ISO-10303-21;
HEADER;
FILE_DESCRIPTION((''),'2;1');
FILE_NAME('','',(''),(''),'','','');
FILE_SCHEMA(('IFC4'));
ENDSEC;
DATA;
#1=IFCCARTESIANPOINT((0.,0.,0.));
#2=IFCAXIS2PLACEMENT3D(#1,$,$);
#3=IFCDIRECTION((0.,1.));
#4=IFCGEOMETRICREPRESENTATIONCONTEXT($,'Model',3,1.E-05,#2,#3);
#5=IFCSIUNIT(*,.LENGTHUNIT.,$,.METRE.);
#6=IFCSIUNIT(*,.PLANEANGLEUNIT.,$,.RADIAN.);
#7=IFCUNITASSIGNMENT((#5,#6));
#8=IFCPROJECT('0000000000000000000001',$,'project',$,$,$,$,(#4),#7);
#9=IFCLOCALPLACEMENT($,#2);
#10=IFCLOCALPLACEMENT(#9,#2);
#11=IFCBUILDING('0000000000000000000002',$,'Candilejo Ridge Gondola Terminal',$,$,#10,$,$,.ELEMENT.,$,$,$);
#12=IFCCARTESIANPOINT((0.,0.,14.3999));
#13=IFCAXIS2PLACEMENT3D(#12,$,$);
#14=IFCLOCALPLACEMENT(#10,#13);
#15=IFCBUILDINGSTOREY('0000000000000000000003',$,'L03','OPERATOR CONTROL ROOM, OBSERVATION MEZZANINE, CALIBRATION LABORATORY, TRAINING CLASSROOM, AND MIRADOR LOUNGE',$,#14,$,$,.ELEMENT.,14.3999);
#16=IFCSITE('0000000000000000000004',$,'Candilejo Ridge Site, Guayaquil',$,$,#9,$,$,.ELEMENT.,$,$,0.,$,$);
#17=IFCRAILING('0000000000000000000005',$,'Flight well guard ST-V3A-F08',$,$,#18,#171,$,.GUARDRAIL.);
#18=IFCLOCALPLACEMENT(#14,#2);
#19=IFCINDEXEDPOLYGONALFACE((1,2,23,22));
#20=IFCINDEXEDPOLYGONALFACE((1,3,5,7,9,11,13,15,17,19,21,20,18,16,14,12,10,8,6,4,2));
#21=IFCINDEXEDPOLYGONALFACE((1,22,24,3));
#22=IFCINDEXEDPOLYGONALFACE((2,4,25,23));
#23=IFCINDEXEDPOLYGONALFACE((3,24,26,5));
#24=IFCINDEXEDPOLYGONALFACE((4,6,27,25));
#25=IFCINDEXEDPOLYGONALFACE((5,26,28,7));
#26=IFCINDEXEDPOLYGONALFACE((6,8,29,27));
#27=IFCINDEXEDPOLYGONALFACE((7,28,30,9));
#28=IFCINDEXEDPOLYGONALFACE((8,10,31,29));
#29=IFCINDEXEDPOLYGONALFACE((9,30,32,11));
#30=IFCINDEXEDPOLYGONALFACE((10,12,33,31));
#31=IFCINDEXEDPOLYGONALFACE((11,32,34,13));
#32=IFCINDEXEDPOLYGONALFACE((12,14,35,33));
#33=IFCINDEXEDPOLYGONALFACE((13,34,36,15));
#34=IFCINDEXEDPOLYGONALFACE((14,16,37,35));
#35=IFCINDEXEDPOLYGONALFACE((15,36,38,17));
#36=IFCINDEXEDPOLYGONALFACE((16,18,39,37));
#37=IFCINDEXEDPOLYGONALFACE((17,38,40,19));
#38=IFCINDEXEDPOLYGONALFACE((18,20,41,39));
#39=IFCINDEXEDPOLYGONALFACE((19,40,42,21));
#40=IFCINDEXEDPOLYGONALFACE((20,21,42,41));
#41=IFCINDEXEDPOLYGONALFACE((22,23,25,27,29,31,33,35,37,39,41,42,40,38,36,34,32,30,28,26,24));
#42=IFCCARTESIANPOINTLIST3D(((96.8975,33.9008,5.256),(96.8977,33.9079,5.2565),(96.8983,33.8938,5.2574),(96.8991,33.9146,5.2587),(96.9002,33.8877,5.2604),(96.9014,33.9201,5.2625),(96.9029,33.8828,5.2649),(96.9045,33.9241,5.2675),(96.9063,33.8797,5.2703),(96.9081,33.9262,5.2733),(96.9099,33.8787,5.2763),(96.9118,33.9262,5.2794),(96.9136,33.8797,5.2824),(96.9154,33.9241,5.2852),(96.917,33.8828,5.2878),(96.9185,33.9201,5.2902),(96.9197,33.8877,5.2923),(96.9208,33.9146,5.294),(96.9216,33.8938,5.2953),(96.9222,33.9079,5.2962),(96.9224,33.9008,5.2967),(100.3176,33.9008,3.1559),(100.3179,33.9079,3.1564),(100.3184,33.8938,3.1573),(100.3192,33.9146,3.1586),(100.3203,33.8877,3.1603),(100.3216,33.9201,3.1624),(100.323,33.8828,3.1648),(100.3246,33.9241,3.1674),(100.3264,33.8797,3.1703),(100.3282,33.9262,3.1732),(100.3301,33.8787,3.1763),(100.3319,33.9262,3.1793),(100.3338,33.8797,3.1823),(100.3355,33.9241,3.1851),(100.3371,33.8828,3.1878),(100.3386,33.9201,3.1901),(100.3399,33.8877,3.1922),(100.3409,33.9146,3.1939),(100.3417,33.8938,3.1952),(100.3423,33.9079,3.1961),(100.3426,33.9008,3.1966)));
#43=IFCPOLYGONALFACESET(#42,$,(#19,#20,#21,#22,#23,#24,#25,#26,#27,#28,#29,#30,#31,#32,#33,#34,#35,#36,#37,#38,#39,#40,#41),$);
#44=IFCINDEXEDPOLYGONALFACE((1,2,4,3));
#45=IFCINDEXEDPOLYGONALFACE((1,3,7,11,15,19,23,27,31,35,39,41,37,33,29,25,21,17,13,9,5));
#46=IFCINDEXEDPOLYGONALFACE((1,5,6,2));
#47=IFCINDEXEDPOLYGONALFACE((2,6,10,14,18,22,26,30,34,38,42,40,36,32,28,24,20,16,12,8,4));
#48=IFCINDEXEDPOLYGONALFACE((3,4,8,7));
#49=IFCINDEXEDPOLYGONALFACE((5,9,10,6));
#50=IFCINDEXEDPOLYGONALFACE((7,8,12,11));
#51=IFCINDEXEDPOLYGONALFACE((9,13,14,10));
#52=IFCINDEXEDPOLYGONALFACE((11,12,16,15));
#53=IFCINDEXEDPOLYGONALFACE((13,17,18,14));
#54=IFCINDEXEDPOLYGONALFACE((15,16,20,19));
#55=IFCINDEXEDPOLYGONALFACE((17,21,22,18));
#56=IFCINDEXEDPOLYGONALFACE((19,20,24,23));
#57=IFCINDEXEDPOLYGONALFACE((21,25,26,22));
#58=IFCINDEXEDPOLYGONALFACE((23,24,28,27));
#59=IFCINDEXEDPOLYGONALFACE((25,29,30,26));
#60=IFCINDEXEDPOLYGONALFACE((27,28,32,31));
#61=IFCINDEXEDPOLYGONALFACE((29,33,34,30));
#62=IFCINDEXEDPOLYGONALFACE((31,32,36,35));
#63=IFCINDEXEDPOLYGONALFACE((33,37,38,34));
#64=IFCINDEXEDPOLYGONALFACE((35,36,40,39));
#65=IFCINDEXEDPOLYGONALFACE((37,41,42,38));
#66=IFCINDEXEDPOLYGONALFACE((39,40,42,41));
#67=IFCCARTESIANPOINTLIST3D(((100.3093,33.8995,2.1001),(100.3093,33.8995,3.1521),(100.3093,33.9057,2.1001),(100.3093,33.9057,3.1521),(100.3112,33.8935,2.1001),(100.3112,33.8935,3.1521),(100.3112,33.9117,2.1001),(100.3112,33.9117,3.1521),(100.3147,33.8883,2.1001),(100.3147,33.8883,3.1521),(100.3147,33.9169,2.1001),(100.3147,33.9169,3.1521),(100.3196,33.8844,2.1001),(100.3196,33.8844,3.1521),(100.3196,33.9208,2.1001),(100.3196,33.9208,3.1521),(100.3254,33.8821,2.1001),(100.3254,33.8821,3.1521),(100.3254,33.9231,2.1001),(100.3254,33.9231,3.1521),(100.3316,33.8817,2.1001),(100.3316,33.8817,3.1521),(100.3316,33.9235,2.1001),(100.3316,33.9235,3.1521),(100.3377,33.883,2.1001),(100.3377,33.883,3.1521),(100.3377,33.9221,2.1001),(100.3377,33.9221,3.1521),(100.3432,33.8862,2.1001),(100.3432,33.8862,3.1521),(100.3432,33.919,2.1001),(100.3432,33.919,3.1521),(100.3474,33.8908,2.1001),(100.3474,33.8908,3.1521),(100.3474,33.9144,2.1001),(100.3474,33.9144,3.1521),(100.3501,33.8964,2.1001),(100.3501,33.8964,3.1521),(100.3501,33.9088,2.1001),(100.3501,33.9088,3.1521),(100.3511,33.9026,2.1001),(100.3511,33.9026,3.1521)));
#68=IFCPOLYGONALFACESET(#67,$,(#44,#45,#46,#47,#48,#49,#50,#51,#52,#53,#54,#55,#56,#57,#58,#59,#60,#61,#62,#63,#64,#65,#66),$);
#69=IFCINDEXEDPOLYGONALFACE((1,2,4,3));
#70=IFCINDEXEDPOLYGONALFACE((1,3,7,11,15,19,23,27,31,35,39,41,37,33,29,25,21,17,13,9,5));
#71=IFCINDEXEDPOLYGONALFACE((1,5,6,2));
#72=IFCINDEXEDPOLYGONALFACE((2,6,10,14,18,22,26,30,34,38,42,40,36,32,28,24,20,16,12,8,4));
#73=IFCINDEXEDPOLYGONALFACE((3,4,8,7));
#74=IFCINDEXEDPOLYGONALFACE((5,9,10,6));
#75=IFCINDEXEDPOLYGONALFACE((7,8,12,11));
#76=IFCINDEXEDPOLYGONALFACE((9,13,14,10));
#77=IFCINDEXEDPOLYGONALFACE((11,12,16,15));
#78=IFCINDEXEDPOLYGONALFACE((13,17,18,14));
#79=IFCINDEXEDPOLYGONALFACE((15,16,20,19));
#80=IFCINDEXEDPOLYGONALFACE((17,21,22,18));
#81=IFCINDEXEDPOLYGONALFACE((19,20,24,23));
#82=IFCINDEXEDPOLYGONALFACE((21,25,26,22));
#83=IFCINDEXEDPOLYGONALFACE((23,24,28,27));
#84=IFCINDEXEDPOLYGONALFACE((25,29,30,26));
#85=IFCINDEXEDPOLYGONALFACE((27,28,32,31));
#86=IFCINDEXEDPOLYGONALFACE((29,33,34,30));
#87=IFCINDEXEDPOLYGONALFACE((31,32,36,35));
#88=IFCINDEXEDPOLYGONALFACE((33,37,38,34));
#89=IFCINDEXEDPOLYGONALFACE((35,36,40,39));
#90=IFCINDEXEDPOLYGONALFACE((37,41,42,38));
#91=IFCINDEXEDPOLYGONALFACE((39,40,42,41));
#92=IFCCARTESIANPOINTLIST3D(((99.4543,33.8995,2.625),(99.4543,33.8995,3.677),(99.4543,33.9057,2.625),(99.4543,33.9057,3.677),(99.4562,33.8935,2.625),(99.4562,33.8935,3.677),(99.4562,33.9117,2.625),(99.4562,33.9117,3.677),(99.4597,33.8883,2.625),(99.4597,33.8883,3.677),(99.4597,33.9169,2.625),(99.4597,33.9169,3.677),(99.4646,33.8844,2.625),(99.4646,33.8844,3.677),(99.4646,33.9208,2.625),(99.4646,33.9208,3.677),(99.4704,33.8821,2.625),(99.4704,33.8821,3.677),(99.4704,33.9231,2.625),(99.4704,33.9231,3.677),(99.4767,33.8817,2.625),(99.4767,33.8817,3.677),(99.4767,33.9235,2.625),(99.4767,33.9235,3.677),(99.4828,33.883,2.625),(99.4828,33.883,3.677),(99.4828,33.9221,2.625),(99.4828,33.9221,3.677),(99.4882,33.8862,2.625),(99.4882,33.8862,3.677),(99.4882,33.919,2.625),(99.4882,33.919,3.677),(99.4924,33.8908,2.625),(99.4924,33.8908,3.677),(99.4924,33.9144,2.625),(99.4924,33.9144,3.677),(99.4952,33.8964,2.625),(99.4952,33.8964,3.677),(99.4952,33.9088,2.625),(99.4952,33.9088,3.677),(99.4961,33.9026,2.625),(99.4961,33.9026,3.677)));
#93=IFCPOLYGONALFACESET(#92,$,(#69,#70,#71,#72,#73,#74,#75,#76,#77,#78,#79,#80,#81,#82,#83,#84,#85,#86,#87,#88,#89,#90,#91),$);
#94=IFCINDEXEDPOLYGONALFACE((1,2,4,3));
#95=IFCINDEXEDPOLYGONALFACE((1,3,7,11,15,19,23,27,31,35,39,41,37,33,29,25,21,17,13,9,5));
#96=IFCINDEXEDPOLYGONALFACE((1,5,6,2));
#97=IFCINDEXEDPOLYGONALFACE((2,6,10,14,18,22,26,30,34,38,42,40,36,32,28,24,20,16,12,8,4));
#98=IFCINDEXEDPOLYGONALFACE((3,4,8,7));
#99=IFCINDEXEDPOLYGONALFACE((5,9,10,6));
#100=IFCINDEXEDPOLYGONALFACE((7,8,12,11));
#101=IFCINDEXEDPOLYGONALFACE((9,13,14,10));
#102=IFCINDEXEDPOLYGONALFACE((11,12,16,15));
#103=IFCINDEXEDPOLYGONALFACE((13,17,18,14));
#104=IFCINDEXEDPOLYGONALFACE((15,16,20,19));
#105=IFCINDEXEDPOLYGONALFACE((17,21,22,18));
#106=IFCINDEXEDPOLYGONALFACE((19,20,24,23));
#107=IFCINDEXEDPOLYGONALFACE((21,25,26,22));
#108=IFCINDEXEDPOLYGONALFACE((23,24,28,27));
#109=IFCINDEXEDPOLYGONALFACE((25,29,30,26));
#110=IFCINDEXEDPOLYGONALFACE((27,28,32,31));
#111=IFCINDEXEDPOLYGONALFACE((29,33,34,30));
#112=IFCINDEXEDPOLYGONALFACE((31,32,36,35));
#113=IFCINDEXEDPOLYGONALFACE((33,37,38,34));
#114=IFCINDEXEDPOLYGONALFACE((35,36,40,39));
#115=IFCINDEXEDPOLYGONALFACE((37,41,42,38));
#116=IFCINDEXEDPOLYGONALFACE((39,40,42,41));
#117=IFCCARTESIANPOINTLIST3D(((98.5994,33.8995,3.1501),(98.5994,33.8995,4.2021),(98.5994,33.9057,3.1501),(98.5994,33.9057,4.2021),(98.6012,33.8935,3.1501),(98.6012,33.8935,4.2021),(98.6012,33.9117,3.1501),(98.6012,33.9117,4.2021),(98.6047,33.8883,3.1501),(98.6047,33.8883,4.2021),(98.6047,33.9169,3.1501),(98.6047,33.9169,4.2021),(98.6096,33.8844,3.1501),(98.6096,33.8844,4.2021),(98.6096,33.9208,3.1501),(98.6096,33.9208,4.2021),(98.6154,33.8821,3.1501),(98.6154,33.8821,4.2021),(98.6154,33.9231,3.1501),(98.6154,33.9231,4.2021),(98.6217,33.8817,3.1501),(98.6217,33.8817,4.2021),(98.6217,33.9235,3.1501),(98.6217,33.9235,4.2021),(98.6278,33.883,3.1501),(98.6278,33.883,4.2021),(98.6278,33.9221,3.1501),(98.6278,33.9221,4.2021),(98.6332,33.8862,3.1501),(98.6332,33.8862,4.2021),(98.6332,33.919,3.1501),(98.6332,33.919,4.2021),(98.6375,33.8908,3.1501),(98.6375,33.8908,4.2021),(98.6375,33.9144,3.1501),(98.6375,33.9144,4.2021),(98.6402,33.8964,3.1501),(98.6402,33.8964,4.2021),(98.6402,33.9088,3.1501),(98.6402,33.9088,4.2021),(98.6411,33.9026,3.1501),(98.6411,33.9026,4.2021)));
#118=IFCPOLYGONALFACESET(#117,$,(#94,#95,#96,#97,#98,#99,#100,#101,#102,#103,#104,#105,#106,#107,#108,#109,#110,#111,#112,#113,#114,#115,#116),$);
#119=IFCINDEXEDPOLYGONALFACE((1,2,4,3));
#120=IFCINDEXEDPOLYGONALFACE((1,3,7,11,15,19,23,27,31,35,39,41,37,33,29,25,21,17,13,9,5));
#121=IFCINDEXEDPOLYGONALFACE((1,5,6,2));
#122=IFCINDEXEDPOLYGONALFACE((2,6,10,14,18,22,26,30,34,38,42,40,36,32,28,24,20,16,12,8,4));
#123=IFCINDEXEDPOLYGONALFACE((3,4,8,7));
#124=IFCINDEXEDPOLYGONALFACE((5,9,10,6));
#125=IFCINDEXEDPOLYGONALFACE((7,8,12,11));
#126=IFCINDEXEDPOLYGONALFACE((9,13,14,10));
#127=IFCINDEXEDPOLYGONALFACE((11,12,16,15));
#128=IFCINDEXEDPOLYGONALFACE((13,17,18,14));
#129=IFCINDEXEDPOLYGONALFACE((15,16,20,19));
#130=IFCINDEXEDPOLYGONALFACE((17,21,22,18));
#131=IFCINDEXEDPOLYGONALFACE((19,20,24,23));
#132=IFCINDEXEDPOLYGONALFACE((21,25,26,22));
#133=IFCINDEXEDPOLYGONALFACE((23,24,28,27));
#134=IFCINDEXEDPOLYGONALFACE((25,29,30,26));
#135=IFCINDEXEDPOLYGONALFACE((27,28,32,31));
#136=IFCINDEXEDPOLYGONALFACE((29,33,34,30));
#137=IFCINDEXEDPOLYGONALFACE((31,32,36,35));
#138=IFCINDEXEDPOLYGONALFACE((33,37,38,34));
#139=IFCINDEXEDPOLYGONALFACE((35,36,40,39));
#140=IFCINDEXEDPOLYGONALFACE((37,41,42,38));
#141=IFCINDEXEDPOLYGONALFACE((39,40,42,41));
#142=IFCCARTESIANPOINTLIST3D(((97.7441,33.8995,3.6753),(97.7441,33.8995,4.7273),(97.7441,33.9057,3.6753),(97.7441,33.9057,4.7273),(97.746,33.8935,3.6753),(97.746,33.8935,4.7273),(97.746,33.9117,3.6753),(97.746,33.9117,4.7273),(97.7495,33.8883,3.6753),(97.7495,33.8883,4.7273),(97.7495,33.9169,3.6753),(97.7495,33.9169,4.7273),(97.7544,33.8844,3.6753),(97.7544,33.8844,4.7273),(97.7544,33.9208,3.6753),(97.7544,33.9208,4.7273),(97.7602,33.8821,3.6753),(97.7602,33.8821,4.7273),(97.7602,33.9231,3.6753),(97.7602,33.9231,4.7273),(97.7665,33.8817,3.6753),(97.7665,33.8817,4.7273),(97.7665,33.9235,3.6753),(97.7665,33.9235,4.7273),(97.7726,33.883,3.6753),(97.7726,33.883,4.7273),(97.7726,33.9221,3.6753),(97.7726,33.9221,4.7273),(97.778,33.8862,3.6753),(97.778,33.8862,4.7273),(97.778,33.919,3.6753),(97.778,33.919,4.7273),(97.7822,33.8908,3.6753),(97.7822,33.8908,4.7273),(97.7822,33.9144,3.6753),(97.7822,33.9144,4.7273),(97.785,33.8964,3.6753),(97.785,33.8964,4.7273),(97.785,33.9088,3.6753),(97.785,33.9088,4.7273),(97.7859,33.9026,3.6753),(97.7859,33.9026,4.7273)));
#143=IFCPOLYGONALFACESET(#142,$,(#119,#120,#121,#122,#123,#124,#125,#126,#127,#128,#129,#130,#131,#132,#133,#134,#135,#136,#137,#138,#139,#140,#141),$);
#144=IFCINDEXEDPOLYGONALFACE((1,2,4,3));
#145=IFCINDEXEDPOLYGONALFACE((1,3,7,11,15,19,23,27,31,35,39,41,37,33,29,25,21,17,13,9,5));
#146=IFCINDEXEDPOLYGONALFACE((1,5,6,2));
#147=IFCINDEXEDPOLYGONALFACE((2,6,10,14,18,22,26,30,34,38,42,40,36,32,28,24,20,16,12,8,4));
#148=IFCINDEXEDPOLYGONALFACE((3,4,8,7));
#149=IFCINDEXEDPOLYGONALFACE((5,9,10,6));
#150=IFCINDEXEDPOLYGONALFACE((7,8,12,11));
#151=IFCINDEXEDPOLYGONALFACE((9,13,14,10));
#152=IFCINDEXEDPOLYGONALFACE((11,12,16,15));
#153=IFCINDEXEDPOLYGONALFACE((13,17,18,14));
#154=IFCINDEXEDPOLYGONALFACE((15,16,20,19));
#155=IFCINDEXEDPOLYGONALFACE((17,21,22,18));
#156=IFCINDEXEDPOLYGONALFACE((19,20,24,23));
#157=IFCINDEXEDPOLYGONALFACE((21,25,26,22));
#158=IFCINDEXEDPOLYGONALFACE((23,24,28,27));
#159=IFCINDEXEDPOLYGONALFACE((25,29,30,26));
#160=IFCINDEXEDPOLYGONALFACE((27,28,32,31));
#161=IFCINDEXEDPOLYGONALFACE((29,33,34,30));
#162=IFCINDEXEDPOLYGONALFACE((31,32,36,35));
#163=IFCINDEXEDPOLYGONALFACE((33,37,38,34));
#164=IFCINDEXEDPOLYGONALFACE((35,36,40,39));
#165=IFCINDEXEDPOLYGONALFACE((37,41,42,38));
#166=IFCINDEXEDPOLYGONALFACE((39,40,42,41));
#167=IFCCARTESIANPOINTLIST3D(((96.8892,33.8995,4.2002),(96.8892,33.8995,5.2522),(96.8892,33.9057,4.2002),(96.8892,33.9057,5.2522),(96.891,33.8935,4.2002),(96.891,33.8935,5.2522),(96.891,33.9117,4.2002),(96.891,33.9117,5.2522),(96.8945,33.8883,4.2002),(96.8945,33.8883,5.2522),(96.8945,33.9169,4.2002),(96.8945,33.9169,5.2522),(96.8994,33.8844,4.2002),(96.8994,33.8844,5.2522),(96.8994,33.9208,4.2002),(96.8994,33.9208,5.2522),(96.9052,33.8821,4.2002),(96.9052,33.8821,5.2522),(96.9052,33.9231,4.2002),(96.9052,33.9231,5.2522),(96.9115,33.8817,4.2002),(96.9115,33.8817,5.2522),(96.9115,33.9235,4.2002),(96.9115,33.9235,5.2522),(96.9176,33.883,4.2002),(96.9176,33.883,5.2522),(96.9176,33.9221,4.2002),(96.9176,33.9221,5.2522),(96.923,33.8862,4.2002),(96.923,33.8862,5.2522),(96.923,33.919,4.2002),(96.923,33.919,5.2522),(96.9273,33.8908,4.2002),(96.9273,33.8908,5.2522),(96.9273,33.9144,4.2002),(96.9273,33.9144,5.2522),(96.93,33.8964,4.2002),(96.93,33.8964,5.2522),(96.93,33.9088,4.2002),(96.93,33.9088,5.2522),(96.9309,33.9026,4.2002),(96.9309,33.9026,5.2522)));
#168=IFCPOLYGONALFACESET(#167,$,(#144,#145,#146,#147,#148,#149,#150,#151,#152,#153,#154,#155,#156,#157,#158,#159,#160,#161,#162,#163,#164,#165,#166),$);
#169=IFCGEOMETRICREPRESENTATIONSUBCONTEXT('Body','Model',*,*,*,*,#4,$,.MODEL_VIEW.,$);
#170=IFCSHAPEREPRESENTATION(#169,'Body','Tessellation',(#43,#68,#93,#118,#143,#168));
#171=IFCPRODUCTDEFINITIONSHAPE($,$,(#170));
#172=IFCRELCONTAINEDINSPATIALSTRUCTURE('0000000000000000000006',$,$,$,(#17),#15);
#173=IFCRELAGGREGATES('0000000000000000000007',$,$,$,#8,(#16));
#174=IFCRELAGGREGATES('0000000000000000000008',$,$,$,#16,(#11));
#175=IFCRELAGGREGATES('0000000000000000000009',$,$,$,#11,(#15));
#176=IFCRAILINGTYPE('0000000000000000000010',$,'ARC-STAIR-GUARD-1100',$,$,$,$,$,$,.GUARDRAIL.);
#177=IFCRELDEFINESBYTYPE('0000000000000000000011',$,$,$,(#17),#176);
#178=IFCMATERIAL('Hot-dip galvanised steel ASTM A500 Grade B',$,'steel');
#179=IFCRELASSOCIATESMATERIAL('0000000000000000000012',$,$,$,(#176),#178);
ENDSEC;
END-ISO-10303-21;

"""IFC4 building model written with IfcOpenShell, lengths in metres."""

from ifc_helpers import new_model, si_unit, direction, frame, origin, origin_2d, place, context, subcontext, project, spatial, circle, extrude, material, type_object, element, save


model = new_model("IFC4")

# Units and contexts
model_context = context("Model", 3, precision=1e-05, world=origin(), true_north=direction((0.0, 1.0)))
body_context = subcontext(model_context, "Body", "Model", "MODEL_VIEW")
ifc_project = project(units=[si_unit("LENGTHUNIT", "METRE"), si_unit("PLANEANGLEUNIT", "RADIAN")], contexts=[model_context])

# Site, building, storey
site_placement = place(None, origin())
site = spatial("IfcSite", under=ifc_project, at=site_placement, Name="Candilejo Ridge Site, Guayaquil", CompositionType="ELEMENT", RefElevation=0.0)
building_placement = place(site_placement, origin())
building = spatial("IfcBuilding", under=site, at=building_placement, Name="Candilejo Ridge Gondola Terminal", CompositionType="ELEMENT")
storey_placement = place(building_placement, frame((0.0, 0.0, 14.3999)))
storey = spatial("IfcBuildingStorey", under=building, at=storey_placement, Name="L03", Description="OPERATOR CONTROL ROOM, OBSERVATION MEZZANINE, CALIBRATION LABORATORY, TRAINING CLASSROOM, AND MIRADOR LOUNGE", CompositionType="ELEMENT", Elevation=14.3999)

# Railing
ifc_material_1 = material(Name="Hot-dip galvanised steel ASTM A500 Grade B", Category="steel")
railing_type_1 = type_object("IfcRailingType", Name="ARC-STAIR-GUARD-1100", PredefinedType="GUARDRAIL", material=ifc_material_1)
railing_1_placement = place(storey_placement, frame((100.3301, 33.9026, 2.1001)))
element("IfcRailing", 1, at=railing_1_placement, inside=storey, type_object=railing_type_1, Name="Flight well guard ST-V3A-F08", PredefinedType="GUARDRAIL", context=body_context, shape_type="SweptSolid", body=[
    extrude(circle(Radius=0.0239, at=origin_2d()), frame((0.0, 0.0, 1.0762), z_axis=(-0.852172, 0.0, 0.523262), x_axis=(0.0, -1.0, 0.0)), (0.0, 0.0, 1.0), 4.0134),
    extrude(circle(Radius=0.021, at=origin_2d()), origin(), (0.0, 0.0, 1.0), 1.052),
    extrude(circle(Radius=0.021, at=origin_2d()), frame((-0.855, 0.0, 0.5249)), (0.0, 0.0, 1.0), 1.052),
    extrude(circle(Radius=0.021, at=origin_2d()), frame((-1.71, 0.0, 1.05)), (0.0, 0.0, 1.0), 1.052),
    extrude(circle(Radius=0.021, at=origin_2d()), frame((-2.5652, 0.0, 1.5752)), (0.0, 0.0, 1.0), 1.052),
    extrude(circle(Radius=0.021, at=origin_2d()), frame((-3.4202, 0.0, 2.1001)), (0.0, 0.0, 1.0), 1.052),
])

save(model, "model.ifc")
